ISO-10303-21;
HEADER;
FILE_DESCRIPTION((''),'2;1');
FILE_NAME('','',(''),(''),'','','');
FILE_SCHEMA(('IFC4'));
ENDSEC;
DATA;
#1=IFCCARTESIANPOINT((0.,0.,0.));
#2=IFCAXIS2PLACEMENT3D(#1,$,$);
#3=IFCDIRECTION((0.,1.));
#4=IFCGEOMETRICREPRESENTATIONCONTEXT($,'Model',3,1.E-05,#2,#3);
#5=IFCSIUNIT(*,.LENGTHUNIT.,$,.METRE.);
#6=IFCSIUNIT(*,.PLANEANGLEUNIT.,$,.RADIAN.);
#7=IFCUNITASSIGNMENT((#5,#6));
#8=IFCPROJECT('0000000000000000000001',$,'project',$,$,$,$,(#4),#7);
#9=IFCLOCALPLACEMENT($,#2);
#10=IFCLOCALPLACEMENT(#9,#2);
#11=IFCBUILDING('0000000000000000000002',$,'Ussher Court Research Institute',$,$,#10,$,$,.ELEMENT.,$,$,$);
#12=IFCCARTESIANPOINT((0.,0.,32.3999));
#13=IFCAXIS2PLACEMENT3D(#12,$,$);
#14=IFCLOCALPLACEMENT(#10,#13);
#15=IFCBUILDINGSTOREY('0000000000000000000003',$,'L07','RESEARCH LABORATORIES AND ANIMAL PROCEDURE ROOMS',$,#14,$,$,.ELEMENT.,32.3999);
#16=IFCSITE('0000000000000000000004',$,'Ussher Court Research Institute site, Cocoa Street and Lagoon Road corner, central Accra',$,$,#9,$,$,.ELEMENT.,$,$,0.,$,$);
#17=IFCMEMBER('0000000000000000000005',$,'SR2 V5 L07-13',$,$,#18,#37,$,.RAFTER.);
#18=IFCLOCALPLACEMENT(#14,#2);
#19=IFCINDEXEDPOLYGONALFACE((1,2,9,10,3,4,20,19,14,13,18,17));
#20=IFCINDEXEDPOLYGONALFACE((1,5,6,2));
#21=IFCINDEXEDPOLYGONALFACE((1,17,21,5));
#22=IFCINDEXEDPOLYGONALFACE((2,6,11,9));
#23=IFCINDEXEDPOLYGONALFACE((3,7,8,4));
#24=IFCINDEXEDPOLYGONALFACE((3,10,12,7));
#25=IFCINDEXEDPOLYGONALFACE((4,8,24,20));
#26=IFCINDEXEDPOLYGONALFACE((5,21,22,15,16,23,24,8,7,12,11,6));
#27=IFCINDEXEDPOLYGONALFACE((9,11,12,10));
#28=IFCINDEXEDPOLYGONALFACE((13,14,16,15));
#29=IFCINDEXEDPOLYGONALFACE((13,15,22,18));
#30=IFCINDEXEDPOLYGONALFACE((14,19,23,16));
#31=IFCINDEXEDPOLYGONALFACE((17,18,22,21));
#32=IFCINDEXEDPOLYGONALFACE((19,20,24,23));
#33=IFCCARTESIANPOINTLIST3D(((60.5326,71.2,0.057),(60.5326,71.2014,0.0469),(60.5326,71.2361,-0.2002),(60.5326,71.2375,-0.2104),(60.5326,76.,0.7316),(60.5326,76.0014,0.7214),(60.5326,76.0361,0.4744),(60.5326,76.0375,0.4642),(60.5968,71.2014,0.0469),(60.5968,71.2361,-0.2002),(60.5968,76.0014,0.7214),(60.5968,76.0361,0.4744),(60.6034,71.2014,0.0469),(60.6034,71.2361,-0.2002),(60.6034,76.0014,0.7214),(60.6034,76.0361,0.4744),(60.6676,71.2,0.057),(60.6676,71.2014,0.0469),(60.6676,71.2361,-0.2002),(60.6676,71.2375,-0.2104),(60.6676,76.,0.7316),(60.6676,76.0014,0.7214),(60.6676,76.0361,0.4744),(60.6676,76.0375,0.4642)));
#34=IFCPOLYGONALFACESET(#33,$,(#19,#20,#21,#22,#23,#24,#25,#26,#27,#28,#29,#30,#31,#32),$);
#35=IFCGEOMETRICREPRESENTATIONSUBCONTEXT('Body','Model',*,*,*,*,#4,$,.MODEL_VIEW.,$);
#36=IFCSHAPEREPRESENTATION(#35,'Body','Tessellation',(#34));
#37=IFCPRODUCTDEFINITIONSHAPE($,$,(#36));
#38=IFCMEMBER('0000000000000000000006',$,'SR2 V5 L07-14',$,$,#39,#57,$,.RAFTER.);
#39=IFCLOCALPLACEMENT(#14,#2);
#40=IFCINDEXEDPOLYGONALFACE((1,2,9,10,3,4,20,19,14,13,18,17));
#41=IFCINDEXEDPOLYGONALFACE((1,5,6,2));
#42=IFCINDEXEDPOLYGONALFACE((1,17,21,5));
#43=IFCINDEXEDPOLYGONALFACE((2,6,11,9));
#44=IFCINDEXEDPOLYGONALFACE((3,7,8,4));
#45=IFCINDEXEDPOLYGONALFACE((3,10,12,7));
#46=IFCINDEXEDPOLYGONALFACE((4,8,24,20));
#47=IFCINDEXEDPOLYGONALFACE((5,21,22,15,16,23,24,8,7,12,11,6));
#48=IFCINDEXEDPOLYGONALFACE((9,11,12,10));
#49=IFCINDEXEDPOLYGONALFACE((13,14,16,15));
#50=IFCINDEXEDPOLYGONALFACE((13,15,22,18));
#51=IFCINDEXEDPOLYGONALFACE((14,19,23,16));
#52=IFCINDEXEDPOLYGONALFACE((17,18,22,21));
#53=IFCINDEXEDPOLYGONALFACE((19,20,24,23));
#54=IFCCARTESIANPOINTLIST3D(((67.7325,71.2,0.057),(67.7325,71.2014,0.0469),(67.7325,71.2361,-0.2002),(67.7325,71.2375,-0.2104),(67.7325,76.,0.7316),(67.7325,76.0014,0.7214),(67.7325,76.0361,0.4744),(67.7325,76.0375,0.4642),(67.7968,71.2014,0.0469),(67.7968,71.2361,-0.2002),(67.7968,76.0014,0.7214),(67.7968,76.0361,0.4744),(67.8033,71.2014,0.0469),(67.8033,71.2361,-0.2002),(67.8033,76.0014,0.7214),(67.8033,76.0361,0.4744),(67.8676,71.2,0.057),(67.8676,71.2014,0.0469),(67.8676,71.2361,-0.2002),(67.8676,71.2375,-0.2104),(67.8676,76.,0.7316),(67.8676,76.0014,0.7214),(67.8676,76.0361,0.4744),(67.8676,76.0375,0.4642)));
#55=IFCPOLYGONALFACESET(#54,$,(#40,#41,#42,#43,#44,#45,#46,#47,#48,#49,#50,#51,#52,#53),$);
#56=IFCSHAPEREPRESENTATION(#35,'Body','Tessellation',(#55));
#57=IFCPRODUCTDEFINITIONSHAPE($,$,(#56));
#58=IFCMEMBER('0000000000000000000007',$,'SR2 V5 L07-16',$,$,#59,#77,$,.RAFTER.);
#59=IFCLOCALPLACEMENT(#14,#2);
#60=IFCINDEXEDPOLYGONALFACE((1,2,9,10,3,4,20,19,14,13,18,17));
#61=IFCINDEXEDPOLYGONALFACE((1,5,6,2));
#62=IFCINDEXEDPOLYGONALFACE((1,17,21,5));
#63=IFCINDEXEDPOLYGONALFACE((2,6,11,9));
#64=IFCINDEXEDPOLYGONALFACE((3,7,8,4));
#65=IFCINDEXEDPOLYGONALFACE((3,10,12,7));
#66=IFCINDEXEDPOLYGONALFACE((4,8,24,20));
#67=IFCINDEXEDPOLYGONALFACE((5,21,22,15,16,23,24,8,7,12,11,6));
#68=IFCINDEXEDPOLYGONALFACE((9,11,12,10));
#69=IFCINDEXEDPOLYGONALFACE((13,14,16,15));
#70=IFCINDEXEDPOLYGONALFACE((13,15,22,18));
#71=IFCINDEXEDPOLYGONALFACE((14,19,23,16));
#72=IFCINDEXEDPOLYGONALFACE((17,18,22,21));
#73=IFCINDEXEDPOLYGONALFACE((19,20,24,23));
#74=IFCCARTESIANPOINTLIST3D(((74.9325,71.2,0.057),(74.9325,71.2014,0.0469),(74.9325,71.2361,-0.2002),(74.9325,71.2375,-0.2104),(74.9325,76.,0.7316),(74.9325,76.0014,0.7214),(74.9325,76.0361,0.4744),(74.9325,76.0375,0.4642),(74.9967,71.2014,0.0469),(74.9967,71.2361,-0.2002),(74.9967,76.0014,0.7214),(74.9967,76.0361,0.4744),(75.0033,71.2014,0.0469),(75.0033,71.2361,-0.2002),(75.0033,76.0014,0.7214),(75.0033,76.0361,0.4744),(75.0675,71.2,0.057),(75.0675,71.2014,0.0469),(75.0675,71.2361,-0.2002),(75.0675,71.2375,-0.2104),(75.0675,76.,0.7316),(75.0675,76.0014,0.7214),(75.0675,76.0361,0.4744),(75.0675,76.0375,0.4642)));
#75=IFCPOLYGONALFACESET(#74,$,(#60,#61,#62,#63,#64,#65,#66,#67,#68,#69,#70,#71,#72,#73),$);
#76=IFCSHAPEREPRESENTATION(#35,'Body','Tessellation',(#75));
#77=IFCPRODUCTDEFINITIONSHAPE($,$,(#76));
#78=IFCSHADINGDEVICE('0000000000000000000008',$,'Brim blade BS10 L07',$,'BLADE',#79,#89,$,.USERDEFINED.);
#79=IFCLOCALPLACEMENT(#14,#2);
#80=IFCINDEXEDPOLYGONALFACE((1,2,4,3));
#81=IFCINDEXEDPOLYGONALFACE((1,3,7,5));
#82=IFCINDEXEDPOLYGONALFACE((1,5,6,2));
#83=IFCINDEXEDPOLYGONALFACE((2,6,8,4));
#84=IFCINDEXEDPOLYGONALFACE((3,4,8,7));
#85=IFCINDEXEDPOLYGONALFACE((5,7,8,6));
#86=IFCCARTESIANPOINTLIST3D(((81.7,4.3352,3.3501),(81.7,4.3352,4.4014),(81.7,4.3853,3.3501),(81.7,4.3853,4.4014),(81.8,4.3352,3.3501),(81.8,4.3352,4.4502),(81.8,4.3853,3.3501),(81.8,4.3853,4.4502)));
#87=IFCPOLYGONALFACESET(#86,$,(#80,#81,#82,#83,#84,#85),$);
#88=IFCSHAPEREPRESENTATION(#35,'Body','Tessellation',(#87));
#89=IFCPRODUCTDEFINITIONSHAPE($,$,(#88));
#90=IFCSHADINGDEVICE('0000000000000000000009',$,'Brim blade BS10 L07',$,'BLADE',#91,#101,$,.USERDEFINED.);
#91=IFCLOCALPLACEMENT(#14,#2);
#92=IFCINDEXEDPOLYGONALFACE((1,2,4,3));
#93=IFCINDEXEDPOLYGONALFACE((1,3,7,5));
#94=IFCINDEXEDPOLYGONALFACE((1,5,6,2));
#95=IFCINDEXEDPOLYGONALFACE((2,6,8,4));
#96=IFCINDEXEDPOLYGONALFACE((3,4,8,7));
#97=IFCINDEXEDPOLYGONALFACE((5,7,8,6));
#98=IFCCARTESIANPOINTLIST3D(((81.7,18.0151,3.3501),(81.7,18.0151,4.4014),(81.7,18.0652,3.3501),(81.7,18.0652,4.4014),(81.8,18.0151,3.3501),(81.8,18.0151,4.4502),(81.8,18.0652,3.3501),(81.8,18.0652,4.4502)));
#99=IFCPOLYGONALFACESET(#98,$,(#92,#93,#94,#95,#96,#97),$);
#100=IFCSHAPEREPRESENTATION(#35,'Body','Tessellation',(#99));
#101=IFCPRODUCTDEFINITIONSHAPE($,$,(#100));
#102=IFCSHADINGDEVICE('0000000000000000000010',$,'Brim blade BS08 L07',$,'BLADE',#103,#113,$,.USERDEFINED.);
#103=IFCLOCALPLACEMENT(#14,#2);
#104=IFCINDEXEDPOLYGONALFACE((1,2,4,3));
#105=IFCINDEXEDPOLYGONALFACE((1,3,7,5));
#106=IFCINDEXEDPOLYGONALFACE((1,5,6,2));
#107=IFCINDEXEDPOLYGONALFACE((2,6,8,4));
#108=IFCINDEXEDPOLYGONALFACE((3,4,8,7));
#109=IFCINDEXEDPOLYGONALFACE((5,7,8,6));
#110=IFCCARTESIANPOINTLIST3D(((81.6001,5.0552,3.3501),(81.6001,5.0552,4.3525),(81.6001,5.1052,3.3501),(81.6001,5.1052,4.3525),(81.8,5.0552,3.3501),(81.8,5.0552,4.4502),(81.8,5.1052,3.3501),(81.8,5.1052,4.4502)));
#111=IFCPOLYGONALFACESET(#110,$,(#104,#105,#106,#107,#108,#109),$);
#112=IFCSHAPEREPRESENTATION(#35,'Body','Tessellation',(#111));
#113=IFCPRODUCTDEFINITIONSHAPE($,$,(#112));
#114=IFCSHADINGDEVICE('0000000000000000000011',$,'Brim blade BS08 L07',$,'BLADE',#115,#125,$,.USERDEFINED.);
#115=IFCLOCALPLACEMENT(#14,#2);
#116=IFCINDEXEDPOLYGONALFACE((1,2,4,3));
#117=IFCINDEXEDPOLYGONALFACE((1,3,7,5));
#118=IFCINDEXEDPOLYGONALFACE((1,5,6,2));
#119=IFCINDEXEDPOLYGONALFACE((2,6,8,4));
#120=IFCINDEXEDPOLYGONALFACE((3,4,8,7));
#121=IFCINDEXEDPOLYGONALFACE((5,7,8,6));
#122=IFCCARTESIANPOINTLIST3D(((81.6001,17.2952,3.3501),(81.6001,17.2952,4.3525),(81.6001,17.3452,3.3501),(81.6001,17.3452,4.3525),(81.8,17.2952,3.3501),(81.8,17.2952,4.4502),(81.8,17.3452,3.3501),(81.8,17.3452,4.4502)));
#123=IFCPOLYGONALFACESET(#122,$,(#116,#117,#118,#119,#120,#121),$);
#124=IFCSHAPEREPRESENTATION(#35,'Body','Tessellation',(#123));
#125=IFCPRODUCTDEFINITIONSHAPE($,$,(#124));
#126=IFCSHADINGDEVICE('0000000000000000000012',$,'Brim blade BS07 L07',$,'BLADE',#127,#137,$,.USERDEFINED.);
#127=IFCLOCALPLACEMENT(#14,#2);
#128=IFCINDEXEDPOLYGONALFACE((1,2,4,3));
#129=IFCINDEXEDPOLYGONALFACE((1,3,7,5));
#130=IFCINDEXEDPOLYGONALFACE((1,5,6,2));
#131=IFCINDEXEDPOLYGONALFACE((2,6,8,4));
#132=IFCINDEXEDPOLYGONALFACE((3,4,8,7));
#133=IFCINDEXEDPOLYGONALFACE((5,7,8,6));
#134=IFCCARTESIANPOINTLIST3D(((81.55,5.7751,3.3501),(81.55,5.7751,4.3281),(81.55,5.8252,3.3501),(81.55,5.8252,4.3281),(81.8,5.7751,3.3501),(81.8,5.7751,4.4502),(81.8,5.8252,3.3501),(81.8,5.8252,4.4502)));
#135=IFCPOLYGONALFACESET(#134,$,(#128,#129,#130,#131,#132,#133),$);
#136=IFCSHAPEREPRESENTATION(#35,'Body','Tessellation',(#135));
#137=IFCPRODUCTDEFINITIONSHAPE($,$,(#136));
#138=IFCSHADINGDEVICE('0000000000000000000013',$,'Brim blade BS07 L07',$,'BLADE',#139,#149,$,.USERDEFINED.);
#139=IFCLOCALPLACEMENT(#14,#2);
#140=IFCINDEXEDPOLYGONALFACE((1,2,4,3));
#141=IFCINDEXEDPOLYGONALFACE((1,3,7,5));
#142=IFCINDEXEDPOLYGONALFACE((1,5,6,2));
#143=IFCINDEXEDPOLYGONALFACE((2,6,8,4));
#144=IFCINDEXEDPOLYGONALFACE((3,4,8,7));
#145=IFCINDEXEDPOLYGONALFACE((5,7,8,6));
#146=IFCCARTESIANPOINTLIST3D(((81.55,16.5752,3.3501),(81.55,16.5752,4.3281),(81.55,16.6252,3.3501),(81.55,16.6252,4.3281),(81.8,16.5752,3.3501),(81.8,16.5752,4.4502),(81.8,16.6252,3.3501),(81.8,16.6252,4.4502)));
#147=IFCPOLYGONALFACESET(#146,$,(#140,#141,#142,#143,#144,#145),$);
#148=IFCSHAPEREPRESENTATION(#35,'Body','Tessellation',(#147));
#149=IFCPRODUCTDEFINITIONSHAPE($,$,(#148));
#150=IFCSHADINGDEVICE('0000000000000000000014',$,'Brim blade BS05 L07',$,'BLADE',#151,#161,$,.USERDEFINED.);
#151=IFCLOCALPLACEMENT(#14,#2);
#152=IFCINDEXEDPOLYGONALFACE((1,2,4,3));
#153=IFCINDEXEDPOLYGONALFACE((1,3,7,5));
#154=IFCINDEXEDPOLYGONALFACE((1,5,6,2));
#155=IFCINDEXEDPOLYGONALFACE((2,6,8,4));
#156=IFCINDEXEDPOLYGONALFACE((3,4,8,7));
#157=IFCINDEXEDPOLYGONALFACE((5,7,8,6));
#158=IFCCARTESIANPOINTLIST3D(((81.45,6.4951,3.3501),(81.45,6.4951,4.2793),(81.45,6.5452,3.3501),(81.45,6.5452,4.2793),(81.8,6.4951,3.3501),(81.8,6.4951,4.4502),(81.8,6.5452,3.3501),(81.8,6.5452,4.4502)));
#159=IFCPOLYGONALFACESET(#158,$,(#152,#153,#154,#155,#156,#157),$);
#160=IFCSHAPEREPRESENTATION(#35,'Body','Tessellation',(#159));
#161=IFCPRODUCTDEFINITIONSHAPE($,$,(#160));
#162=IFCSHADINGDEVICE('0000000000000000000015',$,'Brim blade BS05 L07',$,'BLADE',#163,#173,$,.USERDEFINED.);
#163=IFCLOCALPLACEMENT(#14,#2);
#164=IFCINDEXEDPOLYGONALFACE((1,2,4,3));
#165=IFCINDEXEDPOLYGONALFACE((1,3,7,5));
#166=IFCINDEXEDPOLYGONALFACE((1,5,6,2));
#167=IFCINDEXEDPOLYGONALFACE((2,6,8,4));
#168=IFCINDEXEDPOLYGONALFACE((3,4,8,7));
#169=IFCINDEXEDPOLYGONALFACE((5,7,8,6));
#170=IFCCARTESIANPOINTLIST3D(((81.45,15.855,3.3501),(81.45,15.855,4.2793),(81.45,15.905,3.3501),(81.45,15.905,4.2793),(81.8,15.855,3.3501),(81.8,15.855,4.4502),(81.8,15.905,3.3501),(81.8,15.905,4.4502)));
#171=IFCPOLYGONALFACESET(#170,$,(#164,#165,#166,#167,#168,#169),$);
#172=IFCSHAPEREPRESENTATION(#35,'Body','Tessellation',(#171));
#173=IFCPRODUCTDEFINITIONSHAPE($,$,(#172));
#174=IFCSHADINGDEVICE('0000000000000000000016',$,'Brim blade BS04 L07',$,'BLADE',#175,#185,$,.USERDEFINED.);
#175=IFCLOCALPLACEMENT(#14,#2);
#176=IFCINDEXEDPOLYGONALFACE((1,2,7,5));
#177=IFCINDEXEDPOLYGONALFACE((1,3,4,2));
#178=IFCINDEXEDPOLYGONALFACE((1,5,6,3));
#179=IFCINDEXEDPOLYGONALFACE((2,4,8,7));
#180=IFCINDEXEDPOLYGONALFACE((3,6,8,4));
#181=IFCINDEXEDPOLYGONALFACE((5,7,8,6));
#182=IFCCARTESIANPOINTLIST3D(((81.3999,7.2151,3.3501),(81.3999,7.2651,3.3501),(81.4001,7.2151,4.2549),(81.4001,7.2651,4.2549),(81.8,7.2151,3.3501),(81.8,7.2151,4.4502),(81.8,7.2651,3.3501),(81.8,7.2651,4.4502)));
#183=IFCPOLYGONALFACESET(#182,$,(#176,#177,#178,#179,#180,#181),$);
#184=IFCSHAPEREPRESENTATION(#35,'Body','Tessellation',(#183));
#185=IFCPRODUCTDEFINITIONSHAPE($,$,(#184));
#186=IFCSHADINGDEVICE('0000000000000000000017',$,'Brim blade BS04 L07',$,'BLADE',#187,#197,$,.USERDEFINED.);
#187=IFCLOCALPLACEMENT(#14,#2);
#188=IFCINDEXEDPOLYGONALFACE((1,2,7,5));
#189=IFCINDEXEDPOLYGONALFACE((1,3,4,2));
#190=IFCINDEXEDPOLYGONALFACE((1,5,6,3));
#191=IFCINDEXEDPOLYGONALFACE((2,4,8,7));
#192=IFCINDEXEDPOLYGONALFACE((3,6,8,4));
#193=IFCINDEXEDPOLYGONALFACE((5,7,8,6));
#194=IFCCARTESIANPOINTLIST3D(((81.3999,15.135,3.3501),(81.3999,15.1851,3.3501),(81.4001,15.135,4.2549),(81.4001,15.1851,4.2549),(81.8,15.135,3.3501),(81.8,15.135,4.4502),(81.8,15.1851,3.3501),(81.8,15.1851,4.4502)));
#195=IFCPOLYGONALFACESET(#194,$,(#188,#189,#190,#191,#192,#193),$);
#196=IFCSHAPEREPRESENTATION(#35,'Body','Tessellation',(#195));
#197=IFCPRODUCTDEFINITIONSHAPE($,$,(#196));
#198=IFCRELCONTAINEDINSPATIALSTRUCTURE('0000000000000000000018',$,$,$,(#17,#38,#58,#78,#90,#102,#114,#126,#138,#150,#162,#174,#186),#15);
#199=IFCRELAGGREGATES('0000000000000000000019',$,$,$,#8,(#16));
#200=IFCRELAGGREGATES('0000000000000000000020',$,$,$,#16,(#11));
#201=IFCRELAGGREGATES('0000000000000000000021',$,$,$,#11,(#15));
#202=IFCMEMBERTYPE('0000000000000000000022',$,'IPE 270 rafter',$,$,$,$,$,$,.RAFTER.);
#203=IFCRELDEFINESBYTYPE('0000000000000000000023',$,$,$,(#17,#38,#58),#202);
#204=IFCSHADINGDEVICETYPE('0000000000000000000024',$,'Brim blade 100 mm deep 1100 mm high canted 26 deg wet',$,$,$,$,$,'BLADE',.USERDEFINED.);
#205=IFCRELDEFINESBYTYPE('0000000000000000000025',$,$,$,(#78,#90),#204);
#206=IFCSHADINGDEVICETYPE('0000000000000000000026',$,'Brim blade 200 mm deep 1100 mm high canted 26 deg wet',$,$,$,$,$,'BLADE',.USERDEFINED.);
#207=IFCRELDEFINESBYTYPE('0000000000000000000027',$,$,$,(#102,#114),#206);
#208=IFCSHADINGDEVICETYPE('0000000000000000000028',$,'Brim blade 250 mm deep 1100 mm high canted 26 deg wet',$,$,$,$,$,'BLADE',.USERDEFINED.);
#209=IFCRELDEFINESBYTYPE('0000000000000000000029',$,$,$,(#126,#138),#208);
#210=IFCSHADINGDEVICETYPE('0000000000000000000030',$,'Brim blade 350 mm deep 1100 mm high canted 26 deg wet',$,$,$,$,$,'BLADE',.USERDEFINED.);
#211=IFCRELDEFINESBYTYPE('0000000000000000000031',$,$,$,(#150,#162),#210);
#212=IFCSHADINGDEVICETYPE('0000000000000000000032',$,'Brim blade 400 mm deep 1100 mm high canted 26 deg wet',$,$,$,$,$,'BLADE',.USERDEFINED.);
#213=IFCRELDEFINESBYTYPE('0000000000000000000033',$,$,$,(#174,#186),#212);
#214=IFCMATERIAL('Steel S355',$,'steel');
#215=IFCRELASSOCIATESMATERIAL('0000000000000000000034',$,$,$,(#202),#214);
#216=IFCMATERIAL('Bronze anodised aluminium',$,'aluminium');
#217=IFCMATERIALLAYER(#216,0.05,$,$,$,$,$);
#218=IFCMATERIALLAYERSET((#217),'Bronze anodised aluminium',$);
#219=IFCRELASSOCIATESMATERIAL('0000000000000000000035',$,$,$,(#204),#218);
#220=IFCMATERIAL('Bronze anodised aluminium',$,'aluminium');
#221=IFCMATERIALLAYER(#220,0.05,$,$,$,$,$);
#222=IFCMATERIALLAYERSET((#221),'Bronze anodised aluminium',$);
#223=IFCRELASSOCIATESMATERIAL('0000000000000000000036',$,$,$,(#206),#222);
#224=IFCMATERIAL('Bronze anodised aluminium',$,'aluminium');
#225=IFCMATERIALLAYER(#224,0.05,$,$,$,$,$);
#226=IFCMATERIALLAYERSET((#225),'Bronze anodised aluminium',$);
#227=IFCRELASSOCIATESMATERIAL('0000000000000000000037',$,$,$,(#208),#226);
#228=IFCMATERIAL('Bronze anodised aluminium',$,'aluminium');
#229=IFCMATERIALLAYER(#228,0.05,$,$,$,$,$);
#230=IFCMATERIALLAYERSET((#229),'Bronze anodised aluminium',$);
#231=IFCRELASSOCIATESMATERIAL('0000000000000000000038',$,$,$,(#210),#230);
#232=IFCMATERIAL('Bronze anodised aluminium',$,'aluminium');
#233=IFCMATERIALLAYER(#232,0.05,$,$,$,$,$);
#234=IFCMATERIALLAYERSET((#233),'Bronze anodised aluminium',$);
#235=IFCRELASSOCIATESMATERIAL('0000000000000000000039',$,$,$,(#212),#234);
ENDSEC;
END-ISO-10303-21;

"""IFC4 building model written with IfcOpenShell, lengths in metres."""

from ifc_helpers import new_model, si_unit, direction, frame, origin, origin_2d, place, context, subcontext, project, spatial, polyline, i_section, outline, extrude, material, layer, layer_set, material_profile, profile_set, type_object, element, save


model = new_model("IFC4")

# Units and contexts
model_context = context("Model", 3, precision=1e-05, world=origin(), true_north=direction((0.0, 1.0)))
body_context = subcontext(model_context, "Body", "Model", "MODEL_VIEW")
ifc_project = project(units=[si_unit("LENGTHUNIT", "METRE"), si_unit("PLANEANGLEUNIT", "RADIAN")], contexts=[model_context])

# Site, building, storey
site_placement = place(None, origin())
site = spatial("IfcSite", under=ifc_project, at=site_placement, Name="Ussher Court Research Institute site, Cocoa Street and Lagoon Road corner, central Accra", CompositionType="ELEMENT", RefElevation=0.0)
building_placement = place(site_placement, origin())
building = spatial("IfcBuilding", under=site, at=building_placement, Name="Ussher Court Research Institute", CompositionType="ELEMENT")
storey_placement = place(building_placement, frame((0.0, 0.0, 32.3999)))
storey = spatial("IfcBuildingStorey", under=building, at=storey_placement, Name="L07", Description="RESEARCH LABORATORIES AND ANIMAL PROCEDURE ROOMS", CompositionType="ELEMENT", Elevation=32.3999)

# Members
ifc_material_1 = material(Name="Steel S355", Category="steel")
ifc_material_profile_1 = material_profile(ifc_material_1, i_section(OverallWidth=0.135, OverallDepth=0.27, WebThickness=0.0066, FlangeThickness=0.0103, at=origin_2d()), Name="IPE 270")
ifc_profile_set_1 = profile_set([ifc_material_profile_1], Name="Steel S355")
member_type_1 = type_object("IfcMemberType", Name="IPE 270 rafter", PredefinedType="RAFTER", material=ifc_profile_set_1)
for number, where, z_axis, x_axis, name in (
    (1, (60.6001, 71.2188, -0.0767), (0.0, 0.990269, 0.139165), (-1.0, 0.0, 0.0), "SR2 V5 L07-13"),
    (2, (67.8, 71.2188, -0.0767), (0.0, 0.990269, 0.139165), (-1.0, 0.0, 0.0), "SR2 V5 L07-14"),
    (3, (75.0, 71.2188, -0.0767), (0.0, 0.990269, 0.139165), (-1.0, 0.0, 0.0), "SR2 V5 L07-16"),
):
    element("IfcMember", number, at=place(storey_placement, frame(where, z_axis=z_axis, x_axis=x_axis)), inside=storey, type_object=member_type_1, Name=name, PredefinedType="RAFTER", context=body_context, shape_type="SweptSolid", body=[
        extrude(i_section(OverallWidth=0.135, OverallDepth=0.27, WebThickness=0.0066, FlangeThickness=0.0103, at=origin_2d()), origin(), (0.0, 0.0, 1.0), 4.8472),
    ])

# Shading devices
ifc_material_2 = material(Name="Bronze anodised aluminium", Category="aluminium")
ifc_layer_1 = layer(ifc_material_2, 0.05)
ifc_layer_set_1 = layer_set([ifc_layer_1], Name="Bronze anodised aluminium")
shading_device_type_1 = type_object("IfcShadingDeviceType", Name="Brim blade 100 mm deep 1100 mm high canted 26 deg wet", ElementType="BLADE", PredefinedType="USERDEFINED", material=ifc_layer_set_1)
for number, where, z_axis, x_axis, name in (
    (4, (81.8, 4.3601, 3.3501), (0.0, 0.0, 1.0), (-1.0, 0.0, 0.0), "Brim blade BS10 L07"),
    (5, (81.8, 18.04, 3.3501), (0.0, 0.0, 1.0), (-1.0, 0.0, 0.0), "Brim blade BS10 L07"),
):
    element("IfcShadingDevice", number, at=place(storey_placement, frame(where, z_axis=z_axis, x_axis=x_axis)), inside=storey, type_object=shading_device_type_1, Name=name, ObjectType="BLADE", PredefinedType="USERDEFINED", context=body_context, shape_type="SweptSolid", body=[
        extrude(outline(polyline([(0.0, 0.0), (0.1001, 0.0), (0.1001, 1.0513), (0.0, 1.1001), (0.0, 0.0)])), frame((0.0, 0.0249, 0.0), z_axis=(0.0, -1.0, 0.0), x_axis=(1.0, 0.0, 0.0)), (0.0, 0.0, 1.0), 0.05),
    ])
ifc_material_3 = material(Name="Bronze anodised aluminium", Category="aluminium")
ifc_layer_2 = layer(ifc_material_3, 0.05)
ifc_layer_set_2 = layer_set([ifc_layer_2], Name="Bronze anodised aluminium")
shading_device_type_2 = type_object("IfcShadingDeviceType", Name="Brim blade 200 mm deep 1100 mm high canted 26 deg wet", ElementType="BLADE", PredefinedType="USERDEFINED", material=ifc_layer_set_2)
for number, where, z_axis, x_axis, name in (
    (6, (81.8, 5.0801, 3.3501), (0.0, 0.0, 1.0), (-1.0, 0.0, 0.0), "Brim blade BS08 L07"),
    (7, (81.8, 17.3201, 3.3501), (0.0, 0.0, 1.0), (-1.0, 0.0, 0.0), "Brim blade BS08 L07"),
):
    element("IfcShadingDevice", number, at=place(storey_placement, frame(where, z_axis=z_axis, x_axis=x_axis)), inside=storey, type_object=shading_device_type_2, Name=name, ObjectType="BLADE", PredefinedType="USERDEFINED", context=body_context, shape_type="SweptSolid", body=[
        extrude(outline(polyline([(0.0, 0.0), (0.2, 0.0), (0.2, 1.0024), (0.0, 1.1001), (0.0, 0.0)])), frame((0.0, 0.0249, 0.0), z_axis=(0.0, -1.0, 0.0), x_axis=(1.0, 0.0, 0.0)), (0.0, 0.0, 1.0), 0.05),
    ])
ifc_material_4 = material(Name="Bronze anodised aluminium", Category="aluminium")
ifc_layer_3 = layer(ifc_material_4, 0.05)
ifc_layer_set_3 = layer_set([ifc_layer_3], Name="Bronze anodised aluminium")
shading_device_type_3 = type_object("IfcShadingDeviceType", Name="Brim blade 250 mm deep 1100 mm high canted 26 deg wet", ElementType="BLADE", PredefinedType="USERDEFINED", material=ifc_layer_set_3)
for number, where, z_axis, x_axis, name in (
    (8, (81.8, 5.8, 3.3501), (0.0, 0.0, 1.0), (-1.0, 0.0, 0.0), "Brim blade BS07 L07"),
    (9, (81.8, 16.6001, 3.3501), (0.0, 0.0, 1.0), (-1.0, 0.0, 0.0), "Brim blade BS07 L07"),
):
    element("IfcShadingDevice", number, at=place(storey_placement, frame(where, z_axis=z_axis, x_axis=x_axis)), inside=storey, type_object=shading_device_type_3, Name=name, ObjectType="BLADE", PredefinedType="USERDEFINED", context=body_context, shape_type="SweptSolid", body=[
        extrude(outline(polyline([(0.0, 0.0), (0.25, 0.0), (0.25, 0.978), (0.0, 1.1001), (0.0, 0.0)])), frame((0.0, 0.0249, 0.0), z_axis=(0.0, -1.0, 0.0), x_axis=(1.0, 0.0, 0.0)), (0.0, 0.0, 1.0), 0.05),
    ])
ifc_material_5 = material(Name="Bronze anodised aluminium", Category="aluminium")
ifc_layer_4 = layer(ifc_material_5, 0.05)
ifc_layer_set_4 = layer_set([ifc_layer_4], Name="Bronze anodised aluminium")
shading_device_type_4 = type_object("IfcShadingDeviceType", Name="Brim blade 350 mm deep 1100 mm high canted 26 deg wet", ElementType="BLADE", PredefinedType="USERDEFINED", material=ifc_layer_set_4)
for number, where, z_axis, x_axis, name in (
    (10, (81.8, 6.52, 3.3501), (0.0, 0.0, 1.0), (-1.0, 0.0, 0.0), "Brim blade BS05 L07"),
    (11, (81.8, 15.8799, 3.3501), (0.0, 0.0, 1.0), (-1.0, 0.0, 0.0), "Brim blade BS05 L07"),
):
    element("IfcShadingDevice", number, at=place(storey_placement, frame(where, z_axis=z_axis, x_axis=x_axis)), inside=storey, type_object=shading_device_type_4, Name=name, ObjectType="BLADE", PredefinedType="USERDEFINED", context=body_context, shape_type="SweptSolid", body=[
        extrude(outline(polyline([(0.0, 0.0), (0.3501, 0.0), (0.3501, 0.9292), (0.0, 1.1001), (0.0, 0.0)])), frame((0.0, 0.0249, 0.0), z_axis=(0.0, -1.0, 0.0), x_axis=(1.0, 0.0, 0.0)), (0.0, 0.0, 1.0), 0.05),
    ])
ifc_material_6 = material(Name="Bronze anodised aluminium", Category="aluminium")
ifc_layer_5 = layer(ifc_material_6, 0.05)
ifc_layer_set_5 = layer_set([ifc_layer_5], Name="Bronze anodised aluminium")
shading_device_type_5 = type_object("IfcShadingDeviceType", Name="Brim blade 400 mm deep 1100 mm high canted 26 deg wet", ElementType="BLADE", PredefinedType="USERDEFINED", material=ifc_layer_set_5)
for number, where, z_axis, x_axis, name in (
    (12, (81.8, 7.24, 3.3501), (0.0, 0.0, 1.0), (-1.0, 0.0, 0.0), "Brim blade BS04 L07"),
    (13, (81.8, 15.1599, 3.3501), (0.0, 0.0, 1.0), (-1.0, 0.0, 0.0), "Brim blade BS04 L07"),
):
    element("IfcShadingDevice", number, at=place(storey_placement, frame(where, z_axis=z_axis, x_axis=x_axis)), inside=storey, type_object=shading_device_type_5, Name=name, ObjectType="BLADE", PredefinedType="USERDEFINED", context=body_context, shape_type="SweptSolid", body=[
        extrude(outline(polyline([(0.0, 0.0), (0.4001, 0.0), (0.3999, 0.9048), (0.0, 1.1001), (0.0, 0.0)])), frame((0.0, 0.0249, 0.0), z_axis=(0.0, -1.0, 0.0), x_axis=(1.0, 0.0, 0.0)), (0.0, 0.0, 1.0), 0.05),
    ])

save(model, "model.ifc")
